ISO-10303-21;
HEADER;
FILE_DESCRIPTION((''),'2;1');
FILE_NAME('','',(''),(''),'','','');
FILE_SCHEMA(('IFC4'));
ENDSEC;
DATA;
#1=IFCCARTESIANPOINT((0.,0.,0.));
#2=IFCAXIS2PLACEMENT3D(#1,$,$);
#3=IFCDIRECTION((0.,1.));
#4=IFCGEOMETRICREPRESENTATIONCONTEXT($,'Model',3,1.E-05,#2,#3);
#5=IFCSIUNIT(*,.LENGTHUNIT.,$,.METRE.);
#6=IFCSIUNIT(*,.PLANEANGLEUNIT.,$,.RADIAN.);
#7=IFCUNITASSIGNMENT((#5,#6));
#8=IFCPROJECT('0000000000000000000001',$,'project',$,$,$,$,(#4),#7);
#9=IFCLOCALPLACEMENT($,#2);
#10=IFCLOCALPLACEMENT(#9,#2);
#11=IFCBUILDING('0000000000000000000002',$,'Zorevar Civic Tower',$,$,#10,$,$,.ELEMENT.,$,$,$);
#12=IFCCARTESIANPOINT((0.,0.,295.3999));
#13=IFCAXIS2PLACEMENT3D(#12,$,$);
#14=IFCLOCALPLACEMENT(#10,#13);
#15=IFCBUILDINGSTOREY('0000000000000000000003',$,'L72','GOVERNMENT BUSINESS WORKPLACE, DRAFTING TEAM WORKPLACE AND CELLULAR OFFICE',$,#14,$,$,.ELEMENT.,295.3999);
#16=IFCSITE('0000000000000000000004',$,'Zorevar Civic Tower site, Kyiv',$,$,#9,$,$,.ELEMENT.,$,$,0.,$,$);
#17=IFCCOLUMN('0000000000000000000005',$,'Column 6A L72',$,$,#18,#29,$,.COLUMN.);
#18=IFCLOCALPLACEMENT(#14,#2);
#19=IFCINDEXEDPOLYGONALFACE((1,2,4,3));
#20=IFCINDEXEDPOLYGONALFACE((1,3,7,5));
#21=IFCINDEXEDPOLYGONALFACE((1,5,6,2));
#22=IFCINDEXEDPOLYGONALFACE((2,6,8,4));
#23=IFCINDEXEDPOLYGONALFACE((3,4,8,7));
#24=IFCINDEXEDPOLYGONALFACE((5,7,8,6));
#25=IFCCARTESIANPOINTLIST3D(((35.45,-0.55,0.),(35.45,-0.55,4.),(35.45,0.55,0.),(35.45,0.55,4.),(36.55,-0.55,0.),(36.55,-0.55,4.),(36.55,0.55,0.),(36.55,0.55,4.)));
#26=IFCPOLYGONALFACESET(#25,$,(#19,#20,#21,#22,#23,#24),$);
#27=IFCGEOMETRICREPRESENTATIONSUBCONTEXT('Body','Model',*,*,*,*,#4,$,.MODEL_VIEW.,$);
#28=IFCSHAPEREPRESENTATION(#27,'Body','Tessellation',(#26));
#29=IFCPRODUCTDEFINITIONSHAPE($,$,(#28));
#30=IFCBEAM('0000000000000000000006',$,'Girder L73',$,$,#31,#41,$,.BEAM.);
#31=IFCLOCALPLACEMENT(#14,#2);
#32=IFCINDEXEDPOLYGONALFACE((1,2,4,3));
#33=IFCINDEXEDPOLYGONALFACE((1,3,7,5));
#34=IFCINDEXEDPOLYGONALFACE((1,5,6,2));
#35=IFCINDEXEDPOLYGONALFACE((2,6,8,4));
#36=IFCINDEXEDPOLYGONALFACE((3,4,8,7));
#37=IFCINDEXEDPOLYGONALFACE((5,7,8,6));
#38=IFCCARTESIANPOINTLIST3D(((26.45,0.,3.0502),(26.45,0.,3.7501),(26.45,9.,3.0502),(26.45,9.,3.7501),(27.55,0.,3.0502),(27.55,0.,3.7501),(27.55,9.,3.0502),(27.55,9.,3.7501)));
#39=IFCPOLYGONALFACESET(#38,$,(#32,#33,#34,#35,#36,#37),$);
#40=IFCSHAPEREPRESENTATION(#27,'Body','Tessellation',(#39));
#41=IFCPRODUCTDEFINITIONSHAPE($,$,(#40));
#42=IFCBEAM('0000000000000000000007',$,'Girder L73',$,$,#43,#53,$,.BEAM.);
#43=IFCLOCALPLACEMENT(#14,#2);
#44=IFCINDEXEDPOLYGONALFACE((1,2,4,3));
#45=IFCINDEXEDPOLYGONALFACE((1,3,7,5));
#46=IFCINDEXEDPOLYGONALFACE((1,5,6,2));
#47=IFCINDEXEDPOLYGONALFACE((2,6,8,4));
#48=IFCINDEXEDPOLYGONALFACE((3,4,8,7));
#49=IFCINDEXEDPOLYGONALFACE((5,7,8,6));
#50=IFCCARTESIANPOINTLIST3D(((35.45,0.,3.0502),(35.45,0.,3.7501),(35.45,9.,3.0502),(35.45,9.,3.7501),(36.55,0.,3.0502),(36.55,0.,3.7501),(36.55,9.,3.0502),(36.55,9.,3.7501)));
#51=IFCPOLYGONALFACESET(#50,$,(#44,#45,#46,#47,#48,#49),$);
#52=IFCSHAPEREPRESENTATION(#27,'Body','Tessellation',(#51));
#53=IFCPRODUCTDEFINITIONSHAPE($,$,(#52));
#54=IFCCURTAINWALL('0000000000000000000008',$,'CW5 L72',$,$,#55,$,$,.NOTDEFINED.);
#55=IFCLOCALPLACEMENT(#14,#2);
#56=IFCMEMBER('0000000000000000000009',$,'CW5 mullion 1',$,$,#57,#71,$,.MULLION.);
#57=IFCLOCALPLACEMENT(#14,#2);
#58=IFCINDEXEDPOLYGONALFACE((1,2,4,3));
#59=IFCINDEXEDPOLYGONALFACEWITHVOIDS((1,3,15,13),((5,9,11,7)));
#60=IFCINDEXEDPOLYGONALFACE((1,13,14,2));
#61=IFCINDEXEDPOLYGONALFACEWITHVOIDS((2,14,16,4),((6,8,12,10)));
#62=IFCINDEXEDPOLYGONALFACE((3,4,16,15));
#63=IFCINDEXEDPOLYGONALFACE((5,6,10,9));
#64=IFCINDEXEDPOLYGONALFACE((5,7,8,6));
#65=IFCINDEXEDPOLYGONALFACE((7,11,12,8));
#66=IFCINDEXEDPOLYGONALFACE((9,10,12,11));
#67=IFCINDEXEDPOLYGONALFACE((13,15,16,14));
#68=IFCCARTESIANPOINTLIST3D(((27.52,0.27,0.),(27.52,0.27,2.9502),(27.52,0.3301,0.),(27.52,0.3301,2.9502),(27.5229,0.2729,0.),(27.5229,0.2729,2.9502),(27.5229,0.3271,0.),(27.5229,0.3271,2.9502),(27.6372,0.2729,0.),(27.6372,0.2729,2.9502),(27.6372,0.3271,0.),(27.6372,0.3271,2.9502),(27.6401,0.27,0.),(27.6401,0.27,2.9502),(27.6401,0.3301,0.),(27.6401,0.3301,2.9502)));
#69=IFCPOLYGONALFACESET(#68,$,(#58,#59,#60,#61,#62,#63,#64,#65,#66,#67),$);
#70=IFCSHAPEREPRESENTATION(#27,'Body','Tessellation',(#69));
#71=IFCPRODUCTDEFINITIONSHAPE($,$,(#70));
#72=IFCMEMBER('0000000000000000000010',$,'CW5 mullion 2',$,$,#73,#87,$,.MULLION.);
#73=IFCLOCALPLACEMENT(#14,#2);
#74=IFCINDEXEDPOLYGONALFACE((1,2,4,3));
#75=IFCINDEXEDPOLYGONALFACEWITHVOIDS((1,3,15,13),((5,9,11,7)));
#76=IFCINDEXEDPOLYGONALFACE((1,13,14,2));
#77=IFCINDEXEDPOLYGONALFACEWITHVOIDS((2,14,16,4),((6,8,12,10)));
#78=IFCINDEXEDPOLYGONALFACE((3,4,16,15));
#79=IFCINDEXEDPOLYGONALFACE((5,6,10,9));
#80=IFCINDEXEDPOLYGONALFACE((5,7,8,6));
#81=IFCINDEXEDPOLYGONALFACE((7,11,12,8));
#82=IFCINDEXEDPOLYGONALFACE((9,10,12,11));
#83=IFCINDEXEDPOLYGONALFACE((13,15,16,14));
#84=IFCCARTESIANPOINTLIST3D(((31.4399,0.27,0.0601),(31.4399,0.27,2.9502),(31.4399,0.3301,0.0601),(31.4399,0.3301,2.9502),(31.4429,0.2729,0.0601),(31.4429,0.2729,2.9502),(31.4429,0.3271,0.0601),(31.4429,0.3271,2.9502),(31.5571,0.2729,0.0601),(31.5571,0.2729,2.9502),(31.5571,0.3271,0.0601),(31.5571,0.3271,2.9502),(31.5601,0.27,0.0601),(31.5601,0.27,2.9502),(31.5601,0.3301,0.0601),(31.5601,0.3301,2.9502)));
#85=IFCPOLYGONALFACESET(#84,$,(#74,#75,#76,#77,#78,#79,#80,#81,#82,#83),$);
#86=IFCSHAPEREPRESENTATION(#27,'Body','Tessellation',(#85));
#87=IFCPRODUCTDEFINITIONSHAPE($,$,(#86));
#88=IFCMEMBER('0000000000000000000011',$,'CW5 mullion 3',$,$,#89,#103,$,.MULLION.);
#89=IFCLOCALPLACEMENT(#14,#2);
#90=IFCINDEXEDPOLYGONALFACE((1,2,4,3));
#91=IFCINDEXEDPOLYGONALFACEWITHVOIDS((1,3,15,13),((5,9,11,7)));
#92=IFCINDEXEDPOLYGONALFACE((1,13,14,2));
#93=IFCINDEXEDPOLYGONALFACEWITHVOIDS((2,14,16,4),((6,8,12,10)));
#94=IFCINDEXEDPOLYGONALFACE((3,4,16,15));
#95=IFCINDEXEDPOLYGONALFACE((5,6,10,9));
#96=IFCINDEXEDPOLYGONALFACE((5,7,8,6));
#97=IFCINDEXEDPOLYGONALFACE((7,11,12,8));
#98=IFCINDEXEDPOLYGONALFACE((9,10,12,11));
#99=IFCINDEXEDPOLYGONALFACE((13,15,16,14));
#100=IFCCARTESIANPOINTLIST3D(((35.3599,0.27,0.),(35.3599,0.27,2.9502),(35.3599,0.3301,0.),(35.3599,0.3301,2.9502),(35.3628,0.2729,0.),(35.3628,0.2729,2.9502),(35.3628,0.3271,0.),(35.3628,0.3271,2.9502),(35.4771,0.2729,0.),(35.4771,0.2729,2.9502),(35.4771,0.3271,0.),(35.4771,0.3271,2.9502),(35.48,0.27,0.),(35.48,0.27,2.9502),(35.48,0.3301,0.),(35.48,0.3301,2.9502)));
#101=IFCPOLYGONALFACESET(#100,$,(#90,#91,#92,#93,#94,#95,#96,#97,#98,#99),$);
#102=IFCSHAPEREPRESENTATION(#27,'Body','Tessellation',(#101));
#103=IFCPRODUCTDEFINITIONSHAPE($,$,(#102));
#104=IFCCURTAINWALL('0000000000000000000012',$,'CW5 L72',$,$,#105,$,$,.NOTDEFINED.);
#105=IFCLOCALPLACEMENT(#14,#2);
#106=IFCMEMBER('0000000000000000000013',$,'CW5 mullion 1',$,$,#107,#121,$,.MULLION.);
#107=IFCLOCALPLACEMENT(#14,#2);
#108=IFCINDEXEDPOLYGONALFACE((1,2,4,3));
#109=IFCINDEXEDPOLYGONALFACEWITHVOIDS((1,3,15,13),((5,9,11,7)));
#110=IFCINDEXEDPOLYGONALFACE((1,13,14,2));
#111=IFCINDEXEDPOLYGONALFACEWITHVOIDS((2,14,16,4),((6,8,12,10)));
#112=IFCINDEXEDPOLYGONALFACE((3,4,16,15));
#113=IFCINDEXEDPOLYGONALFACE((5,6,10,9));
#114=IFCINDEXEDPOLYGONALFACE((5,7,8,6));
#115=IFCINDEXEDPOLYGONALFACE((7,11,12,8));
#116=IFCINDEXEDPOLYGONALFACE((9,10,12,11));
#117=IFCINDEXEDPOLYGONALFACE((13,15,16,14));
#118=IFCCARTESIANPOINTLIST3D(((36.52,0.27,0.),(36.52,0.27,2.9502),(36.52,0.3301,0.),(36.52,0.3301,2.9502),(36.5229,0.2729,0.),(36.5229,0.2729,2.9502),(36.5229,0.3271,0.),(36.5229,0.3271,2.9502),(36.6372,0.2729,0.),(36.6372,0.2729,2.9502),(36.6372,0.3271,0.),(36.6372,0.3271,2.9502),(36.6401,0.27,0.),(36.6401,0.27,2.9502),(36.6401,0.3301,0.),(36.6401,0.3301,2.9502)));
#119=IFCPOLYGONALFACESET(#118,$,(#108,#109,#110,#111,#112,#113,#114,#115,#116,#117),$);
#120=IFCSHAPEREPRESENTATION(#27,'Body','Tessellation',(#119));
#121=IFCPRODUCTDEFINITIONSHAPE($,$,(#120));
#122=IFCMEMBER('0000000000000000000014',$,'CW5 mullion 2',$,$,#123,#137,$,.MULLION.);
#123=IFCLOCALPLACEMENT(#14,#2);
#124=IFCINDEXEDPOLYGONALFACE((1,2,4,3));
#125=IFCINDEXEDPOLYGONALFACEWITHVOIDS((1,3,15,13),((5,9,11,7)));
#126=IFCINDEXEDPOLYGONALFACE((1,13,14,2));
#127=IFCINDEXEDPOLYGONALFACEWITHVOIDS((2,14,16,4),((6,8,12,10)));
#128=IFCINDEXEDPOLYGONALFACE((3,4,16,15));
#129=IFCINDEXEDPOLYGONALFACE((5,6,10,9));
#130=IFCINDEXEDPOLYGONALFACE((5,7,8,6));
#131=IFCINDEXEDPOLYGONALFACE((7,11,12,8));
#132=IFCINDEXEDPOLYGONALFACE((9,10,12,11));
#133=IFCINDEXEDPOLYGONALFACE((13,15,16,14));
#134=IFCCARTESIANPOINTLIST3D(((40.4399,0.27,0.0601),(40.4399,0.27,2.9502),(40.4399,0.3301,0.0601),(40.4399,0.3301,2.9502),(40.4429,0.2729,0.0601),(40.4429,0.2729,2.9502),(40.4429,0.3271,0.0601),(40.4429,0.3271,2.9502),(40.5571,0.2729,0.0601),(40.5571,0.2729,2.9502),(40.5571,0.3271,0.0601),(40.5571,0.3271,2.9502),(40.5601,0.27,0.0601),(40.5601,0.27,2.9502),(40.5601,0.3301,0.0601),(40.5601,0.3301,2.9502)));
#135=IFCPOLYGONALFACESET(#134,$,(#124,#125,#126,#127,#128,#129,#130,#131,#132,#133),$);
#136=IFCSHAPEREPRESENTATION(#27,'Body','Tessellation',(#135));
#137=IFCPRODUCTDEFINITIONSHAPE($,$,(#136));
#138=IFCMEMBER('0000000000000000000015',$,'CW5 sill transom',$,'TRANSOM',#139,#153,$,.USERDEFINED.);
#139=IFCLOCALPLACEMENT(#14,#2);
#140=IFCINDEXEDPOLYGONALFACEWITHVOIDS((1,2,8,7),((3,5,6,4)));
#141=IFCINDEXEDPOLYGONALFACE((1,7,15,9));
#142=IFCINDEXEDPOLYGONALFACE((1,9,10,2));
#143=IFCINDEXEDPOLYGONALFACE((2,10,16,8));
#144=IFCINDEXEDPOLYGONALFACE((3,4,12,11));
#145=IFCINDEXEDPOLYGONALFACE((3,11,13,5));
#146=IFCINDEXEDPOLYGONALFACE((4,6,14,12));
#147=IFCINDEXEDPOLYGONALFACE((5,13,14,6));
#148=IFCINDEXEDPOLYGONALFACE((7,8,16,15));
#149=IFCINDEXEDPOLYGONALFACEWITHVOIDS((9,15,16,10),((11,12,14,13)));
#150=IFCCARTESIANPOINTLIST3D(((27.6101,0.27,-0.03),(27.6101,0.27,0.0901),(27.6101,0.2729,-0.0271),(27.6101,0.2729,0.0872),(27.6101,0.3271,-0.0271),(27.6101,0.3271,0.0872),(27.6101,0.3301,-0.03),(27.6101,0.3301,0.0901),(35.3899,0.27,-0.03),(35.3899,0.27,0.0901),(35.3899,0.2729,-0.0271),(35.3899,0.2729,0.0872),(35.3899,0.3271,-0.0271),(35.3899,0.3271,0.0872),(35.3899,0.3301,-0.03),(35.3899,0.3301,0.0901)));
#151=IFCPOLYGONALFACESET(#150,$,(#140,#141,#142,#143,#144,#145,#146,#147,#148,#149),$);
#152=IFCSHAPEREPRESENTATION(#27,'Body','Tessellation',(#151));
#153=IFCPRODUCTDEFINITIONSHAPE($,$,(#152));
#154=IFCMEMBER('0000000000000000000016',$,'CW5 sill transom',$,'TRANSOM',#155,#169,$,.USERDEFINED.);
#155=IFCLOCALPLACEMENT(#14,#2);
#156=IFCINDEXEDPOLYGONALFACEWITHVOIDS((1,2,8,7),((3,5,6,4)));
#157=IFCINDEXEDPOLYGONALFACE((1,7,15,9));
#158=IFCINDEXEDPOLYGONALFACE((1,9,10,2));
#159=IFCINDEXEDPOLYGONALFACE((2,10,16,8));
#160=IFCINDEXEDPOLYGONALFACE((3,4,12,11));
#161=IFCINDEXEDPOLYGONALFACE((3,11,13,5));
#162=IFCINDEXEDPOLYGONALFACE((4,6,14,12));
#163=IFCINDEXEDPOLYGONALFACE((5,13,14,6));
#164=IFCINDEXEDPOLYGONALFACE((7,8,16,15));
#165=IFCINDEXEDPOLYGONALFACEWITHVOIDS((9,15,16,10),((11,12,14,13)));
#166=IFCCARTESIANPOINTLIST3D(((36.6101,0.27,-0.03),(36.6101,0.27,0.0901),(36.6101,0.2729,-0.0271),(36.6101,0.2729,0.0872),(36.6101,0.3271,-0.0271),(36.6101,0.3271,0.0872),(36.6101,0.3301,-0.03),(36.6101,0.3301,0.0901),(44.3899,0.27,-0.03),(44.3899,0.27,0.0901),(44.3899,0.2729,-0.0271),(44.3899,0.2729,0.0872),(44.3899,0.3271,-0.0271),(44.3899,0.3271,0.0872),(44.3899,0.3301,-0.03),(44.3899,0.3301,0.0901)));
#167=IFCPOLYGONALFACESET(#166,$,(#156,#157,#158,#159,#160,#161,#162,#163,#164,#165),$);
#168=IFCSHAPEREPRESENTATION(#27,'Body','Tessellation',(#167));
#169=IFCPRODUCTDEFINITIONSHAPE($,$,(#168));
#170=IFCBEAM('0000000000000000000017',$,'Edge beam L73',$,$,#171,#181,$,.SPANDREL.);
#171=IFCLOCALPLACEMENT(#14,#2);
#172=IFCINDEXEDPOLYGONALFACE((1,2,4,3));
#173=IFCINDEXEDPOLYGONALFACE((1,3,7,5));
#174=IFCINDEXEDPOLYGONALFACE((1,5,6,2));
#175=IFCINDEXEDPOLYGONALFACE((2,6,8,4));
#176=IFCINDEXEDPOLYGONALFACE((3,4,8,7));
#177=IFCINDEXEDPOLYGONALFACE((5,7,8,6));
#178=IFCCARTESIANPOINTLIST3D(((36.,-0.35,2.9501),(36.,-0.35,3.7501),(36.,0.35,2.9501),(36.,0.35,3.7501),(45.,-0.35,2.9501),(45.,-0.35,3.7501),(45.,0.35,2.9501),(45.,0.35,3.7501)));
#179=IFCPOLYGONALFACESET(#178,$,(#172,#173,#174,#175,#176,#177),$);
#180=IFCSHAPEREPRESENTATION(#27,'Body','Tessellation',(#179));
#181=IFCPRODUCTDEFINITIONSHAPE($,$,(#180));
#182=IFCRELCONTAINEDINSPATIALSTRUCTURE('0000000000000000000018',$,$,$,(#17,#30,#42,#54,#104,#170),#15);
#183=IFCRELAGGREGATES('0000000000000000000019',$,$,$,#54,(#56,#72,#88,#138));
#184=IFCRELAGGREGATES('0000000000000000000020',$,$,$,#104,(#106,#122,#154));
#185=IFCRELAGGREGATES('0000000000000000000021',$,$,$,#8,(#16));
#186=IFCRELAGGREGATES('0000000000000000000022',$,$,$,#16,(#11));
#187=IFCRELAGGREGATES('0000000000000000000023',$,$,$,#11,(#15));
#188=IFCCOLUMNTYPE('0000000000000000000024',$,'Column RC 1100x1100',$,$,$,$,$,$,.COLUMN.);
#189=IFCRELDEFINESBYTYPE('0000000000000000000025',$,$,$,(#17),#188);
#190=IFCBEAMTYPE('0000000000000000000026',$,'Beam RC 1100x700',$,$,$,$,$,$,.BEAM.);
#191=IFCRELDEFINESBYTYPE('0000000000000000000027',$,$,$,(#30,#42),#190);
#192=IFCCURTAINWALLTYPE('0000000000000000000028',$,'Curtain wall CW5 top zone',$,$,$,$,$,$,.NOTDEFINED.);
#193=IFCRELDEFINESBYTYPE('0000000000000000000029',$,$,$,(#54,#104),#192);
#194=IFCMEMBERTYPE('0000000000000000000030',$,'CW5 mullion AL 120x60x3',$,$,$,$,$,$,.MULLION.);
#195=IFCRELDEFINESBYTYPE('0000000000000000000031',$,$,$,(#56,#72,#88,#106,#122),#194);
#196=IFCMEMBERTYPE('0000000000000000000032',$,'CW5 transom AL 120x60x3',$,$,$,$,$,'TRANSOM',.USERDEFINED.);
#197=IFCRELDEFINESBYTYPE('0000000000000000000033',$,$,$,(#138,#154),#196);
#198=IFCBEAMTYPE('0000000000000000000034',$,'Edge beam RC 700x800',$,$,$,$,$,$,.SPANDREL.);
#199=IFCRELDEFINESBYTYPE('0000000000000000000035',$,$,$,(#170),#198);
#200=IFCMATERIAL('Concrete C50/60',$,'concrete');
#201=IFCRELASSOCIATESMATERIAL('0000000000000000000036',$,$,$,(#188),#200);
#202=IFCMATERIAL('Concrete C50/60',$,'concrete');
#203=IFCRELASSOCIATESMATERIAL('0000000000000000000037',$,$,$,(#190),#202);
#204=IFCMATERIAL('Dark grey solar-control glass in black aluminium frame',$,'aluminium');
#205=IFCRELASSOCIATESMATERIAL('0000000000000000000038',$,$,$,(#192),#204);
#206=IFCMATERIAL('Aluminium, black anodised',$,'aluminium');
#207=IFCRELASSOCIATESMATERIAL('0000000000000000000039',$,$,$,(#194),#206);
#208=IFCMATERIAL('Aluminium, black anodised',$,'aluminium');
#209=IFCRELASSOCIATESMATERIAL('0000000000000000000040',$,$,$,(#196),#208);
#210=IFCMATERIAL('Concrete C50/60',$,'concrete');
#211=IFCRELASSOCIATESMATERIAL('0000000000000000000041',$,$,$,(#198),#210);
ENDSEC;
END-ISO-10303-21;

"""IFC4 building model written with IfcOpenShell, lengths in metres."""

from ifc_helpers import new_model, si_unit, direction, frame, origin, origin_2d, place, context, subcontext, project, spatial, rectangle, hollow_rectangle, extrude, material, material_profile, profile_set, type_object, element, aggregate, save


model = new_model("IFC4")

# Units and contexts
model_context = context("Model", 3, precision=1e-05, world=origin(), true_north=direction((0.0, 1.0)))
body_context = subcontext(model_context, "Body", "Model", "MODEL_VIEW")
ifc_project = project(units=[si_unit("LENGTHUNIT", "METRE"), si_unit("PLANEANGLEUNIT", "RADIAN")], contexts=[model_context])

# Site, building, storey
site_placement = place(None, origin())
site = spatial("IfcSite", under=ifc_project, at=site_placement, Name="Zorevar Civic Tower site, Kyiv", CompositionType="ELEMENT", RefElevation=0.0)
building_placement = place(site_placement, origin())
building = spatial("IfcBuilding", under=site, at=building_placement, Name="Zorevar Civic Tower", CompositionType="ELEMENT")
storey_placement = place(building_placement, frame((0.0, 0.0, 295.3999)))
storey = spatial("IfcBuildingStorey", under=building, at=storey_placement, Name="L72", Description="GOVERNMENT BUSINESS WORKPLACE, DRAFTING TEAM WORKPLACE AND CELLULAR OFFICE", CompositionType="ELEMENT", Elevation=295.3999)

# Column
ifc_material_1 = material(Name="Concrete C50/60", Category="concrete")
ifc_material_profile_1 = material_profile(ifc_material_1, rectangle(XDim=1.1001, YDim=1.1001, at=origin_2d()), Name="RC 1100x1100")
ifc_profile_set_1 = profile_set([ifc_material_profile_1], Name="Concrete C50/60")
column_type = type_object("IfcColumnType", Name="Column RC 1100x1100", PredefinedType="COLUMN", material=ifc_profile_set_1)
column_placement = place(storey_placement, frame((36.0, 0.0, 0.0), z_axis=(0.0, 0.0, 1.0), x_axis=(1.0, 0.0, 0.0)))
element("IfcColumn", 1, at=column_placement, inside=storey, type_object=column_type, Name="Column 6A L72", PredefinedType="COLUMN", context=body_context, shape_type="SweptSolid", body=[
    extrude(rectangle(XDim=1.1001, YDim=1.1001, at=origin_2d()), origin(), (0.0, 0.0, 1.0), 4.0),
])

# Beams
ifc_material_2 = material(Name="Concrete C50/60", Category="concrete")
ifc_material_profile_2 = material_profile(ifc_material_2, rectangle(XDim=1.1001, YDim=0.7, at=origin_2d()), Name="RC 1100x700")
ifc_profile_set_2 = profile_set([ifc_material_profile_2], Name="Concrete C50/60")
beam_type_1 = type_object("IfcBeamType", Name="Beam RC 1100x700", PredefinedType="BEAM", material=ifc_profile_set_2)
for number, where, z_axis, x_axis, name in (
    (2, (27.0, 0.0, 3.4001), (0.0, 1.0, 0.0), (-1.0, 0.0, 0.0), "Girder L73"),
    (3, (36.0, 0.0, 3.4001), (0.0, 1.0, 0.0), (-1.0, 0.0, 0.0), "Girder L73"),
):
    element("IfcBeam", number, at=place(storey_placement, frame(where, z_axis=z_axis, x_axis=x_axis)), inside=storey, type_object=beam_type_1, Name=name, PredefinedType="BEAM", context=body_context, shape_type="SweptSolid", body=[
        extrude(rectangle(XDim=1.1001, YDim=0.7, at=origin_2d()), origin(), (0.0, 0.0, 1.0), 9.0),
    ])

# Curtain walls, members
ifc_material_3 = material(Name="Dark grey solar-control glass in black aluminium frame", Category="aluminium")
curtain_wall_type = type_object("IfcCurtainWallType", Name="Curtain wall CW5 top zone", PredefinedType="NOTDEFINED", material=ifc_material_3)
curtain_wall_1_placement = place(storey_placement, origin())
curtain_wall_1 = element("IfcCurtainWall", 4, at=curtain_wall_1_placement, inside=storey, type_object=curtain_wall_type, Name="CW5 L72", PredefinedType="NOTDEFINED")
ifc_material_4 = material(Name="Aluminium, black anodised", Category="aluminium")
ifc_material_profile_3 = material_profile(ifc_material_4, hollow_rectangle(XDim=0.0601, YDim=0.1201, WallThickness=0.0029, at=origin_2d()), Name="AL 120x60x3")
ifc_profile_set_3 = profile_set([ifc_material_profile_3], Name="Aluminium, black anodised")
member_type_1 = type_object("IfcMemberType", Name="CW5 mullion AL 120x60x3", PredefinedType="MULLION", material=ifc_profile_set_3)
member_1_placement = place(storey_placement, frame((27.5801, 0.3, 0.0), z_axis=(0.0, 0.0, 1.0), x_axis=(0.0, 1.0, 0.0)))
member_1 = element("IfcMember", 5, at=member_1_placement, type_object=member_type_1, Name="CW5 mullion 1", PredefinedType="MULLION", context=body_context, shape_type="SweptSolid", body=[
    extrude(hollow_rectangle(XDim=0.0601, YDim=0.1201, WallThickness=0.0029, at=origin_2d()), origin(), (0.0, 0.0, 1.0), 2.9502),
])
member_2_placement = place(storey_placement, frame((31.5, 0.3, 0.0601), z_axis=(0.0, 0.0, 1.0), x_axis=(0.0, 1.0, 0.0)))
member_2 = element("IfcMember", 6, at=member_2_placement, type_object=member_type_1, Name="CW5 mullion 2", PredefinedType="MULLION", context=body_context, shape_type="SweptSolid", body=[
    extrude(hollow_rectangle(XDim=0.0601, YDim=0.1201, WallThickness=0.0029, at=origin_2d()), origin(), (0.0, 0.0, 1.0), 2.8901),
])
member_3_placement = place(storey_placement, frame((35.4199, 0.3, 0.0), z_axis=(0.0, 0.0, 1.0), x_axis=(0.0, 1.0, 0.0)))
member_3 = element("IfcMember", 7, at=member_3_placement, type_object=member_type_1, Name="CW5 mullion 3", PredefinedType="MULLION", context=body_context, shape_type="SweptSolid", body=[
    extrude(hollow_rectangle(XDim=0.0601, YDim=0.1201, WallThickness=0.0029, at=origin_2d()), origin(), (0.0, 0.0, 1.0), 2.9502),
])
curtain_wall_2_placement = place(storey_placement, origin())
curtain_wall_2 = element("IfcCurtainWall", 8, at=curtain_wall_2_placement, inside=storey, type_object=curtain_wall_type, Name="CW5 L72", PredefinedType="NOTDEFINED")
member_4_placement = place(storey_placement, frame((36.5801, 0.3, 0.0), z_axis=(0.0, 0.0, 1.0), x_axis=(0.0, 1.0, 0.0)))
member_4 = element("IfcMember", 9, at=member_4_placement, type_object=member_type_1, Name="CW5 mullion 1", PredefinedType="MULLION", context=body_context, shape_type="SweptSolid", body=[
    extrude(hollow_rectangle(XDim=0.0601, YDim=0.1201, WallThickness=0.0029, at=origin_2d()), origin(), (0.0, 0.0, 1.0), 2.9502),
])
member_5_placement = place(storey_placement, frame((40.5, 0.3, 0.0601), z_axis=(0.0, 0.0, 1.0), x_axis=(0.0, 1.0, 0.0)))
member_5 = element("IfcMember", 10, at=member_5_placement, type_object=member_type_1, Name="CW5 mullion 2", PredefinedType="MULLION", context=body_context, shape_type="SweptSolid", body=[
    extrude(hollow_rectangle(XDim=0.0601, YDim=0.1201, WallThickness=0.0029, at=origin_2d()), origin(), (0.0, 0.0, 1.0), 2.8901),
])

# Members
ifc_material_5 = material(Name="Aluminium, black anodised", Category="aluminium")
ifc_material_profile_4 = material_profile(ifc_material_5, hollow_rectangle(XDim=0.0601, YDim=0.1201, WallThickness=0.0029, at=origin_2d()), Name="AL 120x60x3")
ifc_profile_set_4 = profile_set([ifc_material_profile_4], Name="Aluminium, black anodised")
member_type_2 = type_object("IfcMemberType", Name="CW5 transom AL 120x60x3", ElementType="TRANSOM", PredefinedType="USERDEFINED", material=ifc_profile_set_4)
member_6_placement = place(storey_placement, frame((27.6101, 0.3, 0.03), z_axis=(1.0, 0.0, 0.0), x_axis=(0.0, 1.0, 0.0)))
member_6 = element("IfcMember", 11, at=member_6_placement, type_object=member_type_2, Name="CW5 sill transom", ObjectType="TRANSOM", PredefinedType="USERDEFINED", context=body_context, shape_type="SweptSolid", body=[
    extrude(hollow_rectangle(XDim=0.0601, YDim=0.1201, WallThickness=0.0029, at=origin_2d()), origin(), (0.0, 0.0, 1.0), 7.7798),
])
member_7_placement = place(storey_placement, frame((36.6101, 0.3, 0.03), z_axis=(1.0, 0.0, 0.0), x_axis=(0.0, 1.0, 0.0)))
member_7 = element("IfcMember", 12, at=member_7_placement, type_object=member_type_2, Name="CW5 sill transom", ObjectType="TRANSOM", PredefinedType="USERDEFINED", context=body_context, shape_type="SweptSolid", body=[
    extrude(hollow_rectangle(XDim=0.0601, YDim=0.1201, WallThickness=0.0029, at=origin_2d()), origin(), (0.0, 0.0, 1.0), 7.7798),
])

# Beam
ifc_material_6 = material(Name="Concrete C50/60", Category="concrete")
ifc_material_profile_5 = material_profile(ifc_material_6, rectangle(XDim=0.7, YDim=0.8, at=origin_2d()), Name="RC 700x800")
ifc_profile_set_5 = profile_set([ifc_material_profile_5], Name="Concrete C50/60")
beam_type_2 = type_object("IfcBeamType", Name="Edge beam RC 700x800", PredefinedType="SPANDREL", material=ifc_profile_set_5)
beam_placement = place(storey_placement, frame((36.0, 0.0, 3.3501), z_axis=(1.0, 0.0, 0.0), x_axis=(0.0, 1.0, 0.0)))
element("IfcBeam", 13, at=beam_placement, inside=storey, type_object=beam_type_2, Name="Edge beam L73", PredefinedType="SPANDREL", context=body_context, shape_type="SweptSolid", body=[
    extrude(rectangle(XDim=0.7, YDim=0.8, at=origin_2d()), origin(), (0.0, 0.0, 1.0), 9.0),
])

aggregate(curtain_wall_1, [member_1, member_2, member_3, member_6])
aggregate(curtain_wall_2, [member_4, member_5, member_7])

save(model, "model.ifc")
